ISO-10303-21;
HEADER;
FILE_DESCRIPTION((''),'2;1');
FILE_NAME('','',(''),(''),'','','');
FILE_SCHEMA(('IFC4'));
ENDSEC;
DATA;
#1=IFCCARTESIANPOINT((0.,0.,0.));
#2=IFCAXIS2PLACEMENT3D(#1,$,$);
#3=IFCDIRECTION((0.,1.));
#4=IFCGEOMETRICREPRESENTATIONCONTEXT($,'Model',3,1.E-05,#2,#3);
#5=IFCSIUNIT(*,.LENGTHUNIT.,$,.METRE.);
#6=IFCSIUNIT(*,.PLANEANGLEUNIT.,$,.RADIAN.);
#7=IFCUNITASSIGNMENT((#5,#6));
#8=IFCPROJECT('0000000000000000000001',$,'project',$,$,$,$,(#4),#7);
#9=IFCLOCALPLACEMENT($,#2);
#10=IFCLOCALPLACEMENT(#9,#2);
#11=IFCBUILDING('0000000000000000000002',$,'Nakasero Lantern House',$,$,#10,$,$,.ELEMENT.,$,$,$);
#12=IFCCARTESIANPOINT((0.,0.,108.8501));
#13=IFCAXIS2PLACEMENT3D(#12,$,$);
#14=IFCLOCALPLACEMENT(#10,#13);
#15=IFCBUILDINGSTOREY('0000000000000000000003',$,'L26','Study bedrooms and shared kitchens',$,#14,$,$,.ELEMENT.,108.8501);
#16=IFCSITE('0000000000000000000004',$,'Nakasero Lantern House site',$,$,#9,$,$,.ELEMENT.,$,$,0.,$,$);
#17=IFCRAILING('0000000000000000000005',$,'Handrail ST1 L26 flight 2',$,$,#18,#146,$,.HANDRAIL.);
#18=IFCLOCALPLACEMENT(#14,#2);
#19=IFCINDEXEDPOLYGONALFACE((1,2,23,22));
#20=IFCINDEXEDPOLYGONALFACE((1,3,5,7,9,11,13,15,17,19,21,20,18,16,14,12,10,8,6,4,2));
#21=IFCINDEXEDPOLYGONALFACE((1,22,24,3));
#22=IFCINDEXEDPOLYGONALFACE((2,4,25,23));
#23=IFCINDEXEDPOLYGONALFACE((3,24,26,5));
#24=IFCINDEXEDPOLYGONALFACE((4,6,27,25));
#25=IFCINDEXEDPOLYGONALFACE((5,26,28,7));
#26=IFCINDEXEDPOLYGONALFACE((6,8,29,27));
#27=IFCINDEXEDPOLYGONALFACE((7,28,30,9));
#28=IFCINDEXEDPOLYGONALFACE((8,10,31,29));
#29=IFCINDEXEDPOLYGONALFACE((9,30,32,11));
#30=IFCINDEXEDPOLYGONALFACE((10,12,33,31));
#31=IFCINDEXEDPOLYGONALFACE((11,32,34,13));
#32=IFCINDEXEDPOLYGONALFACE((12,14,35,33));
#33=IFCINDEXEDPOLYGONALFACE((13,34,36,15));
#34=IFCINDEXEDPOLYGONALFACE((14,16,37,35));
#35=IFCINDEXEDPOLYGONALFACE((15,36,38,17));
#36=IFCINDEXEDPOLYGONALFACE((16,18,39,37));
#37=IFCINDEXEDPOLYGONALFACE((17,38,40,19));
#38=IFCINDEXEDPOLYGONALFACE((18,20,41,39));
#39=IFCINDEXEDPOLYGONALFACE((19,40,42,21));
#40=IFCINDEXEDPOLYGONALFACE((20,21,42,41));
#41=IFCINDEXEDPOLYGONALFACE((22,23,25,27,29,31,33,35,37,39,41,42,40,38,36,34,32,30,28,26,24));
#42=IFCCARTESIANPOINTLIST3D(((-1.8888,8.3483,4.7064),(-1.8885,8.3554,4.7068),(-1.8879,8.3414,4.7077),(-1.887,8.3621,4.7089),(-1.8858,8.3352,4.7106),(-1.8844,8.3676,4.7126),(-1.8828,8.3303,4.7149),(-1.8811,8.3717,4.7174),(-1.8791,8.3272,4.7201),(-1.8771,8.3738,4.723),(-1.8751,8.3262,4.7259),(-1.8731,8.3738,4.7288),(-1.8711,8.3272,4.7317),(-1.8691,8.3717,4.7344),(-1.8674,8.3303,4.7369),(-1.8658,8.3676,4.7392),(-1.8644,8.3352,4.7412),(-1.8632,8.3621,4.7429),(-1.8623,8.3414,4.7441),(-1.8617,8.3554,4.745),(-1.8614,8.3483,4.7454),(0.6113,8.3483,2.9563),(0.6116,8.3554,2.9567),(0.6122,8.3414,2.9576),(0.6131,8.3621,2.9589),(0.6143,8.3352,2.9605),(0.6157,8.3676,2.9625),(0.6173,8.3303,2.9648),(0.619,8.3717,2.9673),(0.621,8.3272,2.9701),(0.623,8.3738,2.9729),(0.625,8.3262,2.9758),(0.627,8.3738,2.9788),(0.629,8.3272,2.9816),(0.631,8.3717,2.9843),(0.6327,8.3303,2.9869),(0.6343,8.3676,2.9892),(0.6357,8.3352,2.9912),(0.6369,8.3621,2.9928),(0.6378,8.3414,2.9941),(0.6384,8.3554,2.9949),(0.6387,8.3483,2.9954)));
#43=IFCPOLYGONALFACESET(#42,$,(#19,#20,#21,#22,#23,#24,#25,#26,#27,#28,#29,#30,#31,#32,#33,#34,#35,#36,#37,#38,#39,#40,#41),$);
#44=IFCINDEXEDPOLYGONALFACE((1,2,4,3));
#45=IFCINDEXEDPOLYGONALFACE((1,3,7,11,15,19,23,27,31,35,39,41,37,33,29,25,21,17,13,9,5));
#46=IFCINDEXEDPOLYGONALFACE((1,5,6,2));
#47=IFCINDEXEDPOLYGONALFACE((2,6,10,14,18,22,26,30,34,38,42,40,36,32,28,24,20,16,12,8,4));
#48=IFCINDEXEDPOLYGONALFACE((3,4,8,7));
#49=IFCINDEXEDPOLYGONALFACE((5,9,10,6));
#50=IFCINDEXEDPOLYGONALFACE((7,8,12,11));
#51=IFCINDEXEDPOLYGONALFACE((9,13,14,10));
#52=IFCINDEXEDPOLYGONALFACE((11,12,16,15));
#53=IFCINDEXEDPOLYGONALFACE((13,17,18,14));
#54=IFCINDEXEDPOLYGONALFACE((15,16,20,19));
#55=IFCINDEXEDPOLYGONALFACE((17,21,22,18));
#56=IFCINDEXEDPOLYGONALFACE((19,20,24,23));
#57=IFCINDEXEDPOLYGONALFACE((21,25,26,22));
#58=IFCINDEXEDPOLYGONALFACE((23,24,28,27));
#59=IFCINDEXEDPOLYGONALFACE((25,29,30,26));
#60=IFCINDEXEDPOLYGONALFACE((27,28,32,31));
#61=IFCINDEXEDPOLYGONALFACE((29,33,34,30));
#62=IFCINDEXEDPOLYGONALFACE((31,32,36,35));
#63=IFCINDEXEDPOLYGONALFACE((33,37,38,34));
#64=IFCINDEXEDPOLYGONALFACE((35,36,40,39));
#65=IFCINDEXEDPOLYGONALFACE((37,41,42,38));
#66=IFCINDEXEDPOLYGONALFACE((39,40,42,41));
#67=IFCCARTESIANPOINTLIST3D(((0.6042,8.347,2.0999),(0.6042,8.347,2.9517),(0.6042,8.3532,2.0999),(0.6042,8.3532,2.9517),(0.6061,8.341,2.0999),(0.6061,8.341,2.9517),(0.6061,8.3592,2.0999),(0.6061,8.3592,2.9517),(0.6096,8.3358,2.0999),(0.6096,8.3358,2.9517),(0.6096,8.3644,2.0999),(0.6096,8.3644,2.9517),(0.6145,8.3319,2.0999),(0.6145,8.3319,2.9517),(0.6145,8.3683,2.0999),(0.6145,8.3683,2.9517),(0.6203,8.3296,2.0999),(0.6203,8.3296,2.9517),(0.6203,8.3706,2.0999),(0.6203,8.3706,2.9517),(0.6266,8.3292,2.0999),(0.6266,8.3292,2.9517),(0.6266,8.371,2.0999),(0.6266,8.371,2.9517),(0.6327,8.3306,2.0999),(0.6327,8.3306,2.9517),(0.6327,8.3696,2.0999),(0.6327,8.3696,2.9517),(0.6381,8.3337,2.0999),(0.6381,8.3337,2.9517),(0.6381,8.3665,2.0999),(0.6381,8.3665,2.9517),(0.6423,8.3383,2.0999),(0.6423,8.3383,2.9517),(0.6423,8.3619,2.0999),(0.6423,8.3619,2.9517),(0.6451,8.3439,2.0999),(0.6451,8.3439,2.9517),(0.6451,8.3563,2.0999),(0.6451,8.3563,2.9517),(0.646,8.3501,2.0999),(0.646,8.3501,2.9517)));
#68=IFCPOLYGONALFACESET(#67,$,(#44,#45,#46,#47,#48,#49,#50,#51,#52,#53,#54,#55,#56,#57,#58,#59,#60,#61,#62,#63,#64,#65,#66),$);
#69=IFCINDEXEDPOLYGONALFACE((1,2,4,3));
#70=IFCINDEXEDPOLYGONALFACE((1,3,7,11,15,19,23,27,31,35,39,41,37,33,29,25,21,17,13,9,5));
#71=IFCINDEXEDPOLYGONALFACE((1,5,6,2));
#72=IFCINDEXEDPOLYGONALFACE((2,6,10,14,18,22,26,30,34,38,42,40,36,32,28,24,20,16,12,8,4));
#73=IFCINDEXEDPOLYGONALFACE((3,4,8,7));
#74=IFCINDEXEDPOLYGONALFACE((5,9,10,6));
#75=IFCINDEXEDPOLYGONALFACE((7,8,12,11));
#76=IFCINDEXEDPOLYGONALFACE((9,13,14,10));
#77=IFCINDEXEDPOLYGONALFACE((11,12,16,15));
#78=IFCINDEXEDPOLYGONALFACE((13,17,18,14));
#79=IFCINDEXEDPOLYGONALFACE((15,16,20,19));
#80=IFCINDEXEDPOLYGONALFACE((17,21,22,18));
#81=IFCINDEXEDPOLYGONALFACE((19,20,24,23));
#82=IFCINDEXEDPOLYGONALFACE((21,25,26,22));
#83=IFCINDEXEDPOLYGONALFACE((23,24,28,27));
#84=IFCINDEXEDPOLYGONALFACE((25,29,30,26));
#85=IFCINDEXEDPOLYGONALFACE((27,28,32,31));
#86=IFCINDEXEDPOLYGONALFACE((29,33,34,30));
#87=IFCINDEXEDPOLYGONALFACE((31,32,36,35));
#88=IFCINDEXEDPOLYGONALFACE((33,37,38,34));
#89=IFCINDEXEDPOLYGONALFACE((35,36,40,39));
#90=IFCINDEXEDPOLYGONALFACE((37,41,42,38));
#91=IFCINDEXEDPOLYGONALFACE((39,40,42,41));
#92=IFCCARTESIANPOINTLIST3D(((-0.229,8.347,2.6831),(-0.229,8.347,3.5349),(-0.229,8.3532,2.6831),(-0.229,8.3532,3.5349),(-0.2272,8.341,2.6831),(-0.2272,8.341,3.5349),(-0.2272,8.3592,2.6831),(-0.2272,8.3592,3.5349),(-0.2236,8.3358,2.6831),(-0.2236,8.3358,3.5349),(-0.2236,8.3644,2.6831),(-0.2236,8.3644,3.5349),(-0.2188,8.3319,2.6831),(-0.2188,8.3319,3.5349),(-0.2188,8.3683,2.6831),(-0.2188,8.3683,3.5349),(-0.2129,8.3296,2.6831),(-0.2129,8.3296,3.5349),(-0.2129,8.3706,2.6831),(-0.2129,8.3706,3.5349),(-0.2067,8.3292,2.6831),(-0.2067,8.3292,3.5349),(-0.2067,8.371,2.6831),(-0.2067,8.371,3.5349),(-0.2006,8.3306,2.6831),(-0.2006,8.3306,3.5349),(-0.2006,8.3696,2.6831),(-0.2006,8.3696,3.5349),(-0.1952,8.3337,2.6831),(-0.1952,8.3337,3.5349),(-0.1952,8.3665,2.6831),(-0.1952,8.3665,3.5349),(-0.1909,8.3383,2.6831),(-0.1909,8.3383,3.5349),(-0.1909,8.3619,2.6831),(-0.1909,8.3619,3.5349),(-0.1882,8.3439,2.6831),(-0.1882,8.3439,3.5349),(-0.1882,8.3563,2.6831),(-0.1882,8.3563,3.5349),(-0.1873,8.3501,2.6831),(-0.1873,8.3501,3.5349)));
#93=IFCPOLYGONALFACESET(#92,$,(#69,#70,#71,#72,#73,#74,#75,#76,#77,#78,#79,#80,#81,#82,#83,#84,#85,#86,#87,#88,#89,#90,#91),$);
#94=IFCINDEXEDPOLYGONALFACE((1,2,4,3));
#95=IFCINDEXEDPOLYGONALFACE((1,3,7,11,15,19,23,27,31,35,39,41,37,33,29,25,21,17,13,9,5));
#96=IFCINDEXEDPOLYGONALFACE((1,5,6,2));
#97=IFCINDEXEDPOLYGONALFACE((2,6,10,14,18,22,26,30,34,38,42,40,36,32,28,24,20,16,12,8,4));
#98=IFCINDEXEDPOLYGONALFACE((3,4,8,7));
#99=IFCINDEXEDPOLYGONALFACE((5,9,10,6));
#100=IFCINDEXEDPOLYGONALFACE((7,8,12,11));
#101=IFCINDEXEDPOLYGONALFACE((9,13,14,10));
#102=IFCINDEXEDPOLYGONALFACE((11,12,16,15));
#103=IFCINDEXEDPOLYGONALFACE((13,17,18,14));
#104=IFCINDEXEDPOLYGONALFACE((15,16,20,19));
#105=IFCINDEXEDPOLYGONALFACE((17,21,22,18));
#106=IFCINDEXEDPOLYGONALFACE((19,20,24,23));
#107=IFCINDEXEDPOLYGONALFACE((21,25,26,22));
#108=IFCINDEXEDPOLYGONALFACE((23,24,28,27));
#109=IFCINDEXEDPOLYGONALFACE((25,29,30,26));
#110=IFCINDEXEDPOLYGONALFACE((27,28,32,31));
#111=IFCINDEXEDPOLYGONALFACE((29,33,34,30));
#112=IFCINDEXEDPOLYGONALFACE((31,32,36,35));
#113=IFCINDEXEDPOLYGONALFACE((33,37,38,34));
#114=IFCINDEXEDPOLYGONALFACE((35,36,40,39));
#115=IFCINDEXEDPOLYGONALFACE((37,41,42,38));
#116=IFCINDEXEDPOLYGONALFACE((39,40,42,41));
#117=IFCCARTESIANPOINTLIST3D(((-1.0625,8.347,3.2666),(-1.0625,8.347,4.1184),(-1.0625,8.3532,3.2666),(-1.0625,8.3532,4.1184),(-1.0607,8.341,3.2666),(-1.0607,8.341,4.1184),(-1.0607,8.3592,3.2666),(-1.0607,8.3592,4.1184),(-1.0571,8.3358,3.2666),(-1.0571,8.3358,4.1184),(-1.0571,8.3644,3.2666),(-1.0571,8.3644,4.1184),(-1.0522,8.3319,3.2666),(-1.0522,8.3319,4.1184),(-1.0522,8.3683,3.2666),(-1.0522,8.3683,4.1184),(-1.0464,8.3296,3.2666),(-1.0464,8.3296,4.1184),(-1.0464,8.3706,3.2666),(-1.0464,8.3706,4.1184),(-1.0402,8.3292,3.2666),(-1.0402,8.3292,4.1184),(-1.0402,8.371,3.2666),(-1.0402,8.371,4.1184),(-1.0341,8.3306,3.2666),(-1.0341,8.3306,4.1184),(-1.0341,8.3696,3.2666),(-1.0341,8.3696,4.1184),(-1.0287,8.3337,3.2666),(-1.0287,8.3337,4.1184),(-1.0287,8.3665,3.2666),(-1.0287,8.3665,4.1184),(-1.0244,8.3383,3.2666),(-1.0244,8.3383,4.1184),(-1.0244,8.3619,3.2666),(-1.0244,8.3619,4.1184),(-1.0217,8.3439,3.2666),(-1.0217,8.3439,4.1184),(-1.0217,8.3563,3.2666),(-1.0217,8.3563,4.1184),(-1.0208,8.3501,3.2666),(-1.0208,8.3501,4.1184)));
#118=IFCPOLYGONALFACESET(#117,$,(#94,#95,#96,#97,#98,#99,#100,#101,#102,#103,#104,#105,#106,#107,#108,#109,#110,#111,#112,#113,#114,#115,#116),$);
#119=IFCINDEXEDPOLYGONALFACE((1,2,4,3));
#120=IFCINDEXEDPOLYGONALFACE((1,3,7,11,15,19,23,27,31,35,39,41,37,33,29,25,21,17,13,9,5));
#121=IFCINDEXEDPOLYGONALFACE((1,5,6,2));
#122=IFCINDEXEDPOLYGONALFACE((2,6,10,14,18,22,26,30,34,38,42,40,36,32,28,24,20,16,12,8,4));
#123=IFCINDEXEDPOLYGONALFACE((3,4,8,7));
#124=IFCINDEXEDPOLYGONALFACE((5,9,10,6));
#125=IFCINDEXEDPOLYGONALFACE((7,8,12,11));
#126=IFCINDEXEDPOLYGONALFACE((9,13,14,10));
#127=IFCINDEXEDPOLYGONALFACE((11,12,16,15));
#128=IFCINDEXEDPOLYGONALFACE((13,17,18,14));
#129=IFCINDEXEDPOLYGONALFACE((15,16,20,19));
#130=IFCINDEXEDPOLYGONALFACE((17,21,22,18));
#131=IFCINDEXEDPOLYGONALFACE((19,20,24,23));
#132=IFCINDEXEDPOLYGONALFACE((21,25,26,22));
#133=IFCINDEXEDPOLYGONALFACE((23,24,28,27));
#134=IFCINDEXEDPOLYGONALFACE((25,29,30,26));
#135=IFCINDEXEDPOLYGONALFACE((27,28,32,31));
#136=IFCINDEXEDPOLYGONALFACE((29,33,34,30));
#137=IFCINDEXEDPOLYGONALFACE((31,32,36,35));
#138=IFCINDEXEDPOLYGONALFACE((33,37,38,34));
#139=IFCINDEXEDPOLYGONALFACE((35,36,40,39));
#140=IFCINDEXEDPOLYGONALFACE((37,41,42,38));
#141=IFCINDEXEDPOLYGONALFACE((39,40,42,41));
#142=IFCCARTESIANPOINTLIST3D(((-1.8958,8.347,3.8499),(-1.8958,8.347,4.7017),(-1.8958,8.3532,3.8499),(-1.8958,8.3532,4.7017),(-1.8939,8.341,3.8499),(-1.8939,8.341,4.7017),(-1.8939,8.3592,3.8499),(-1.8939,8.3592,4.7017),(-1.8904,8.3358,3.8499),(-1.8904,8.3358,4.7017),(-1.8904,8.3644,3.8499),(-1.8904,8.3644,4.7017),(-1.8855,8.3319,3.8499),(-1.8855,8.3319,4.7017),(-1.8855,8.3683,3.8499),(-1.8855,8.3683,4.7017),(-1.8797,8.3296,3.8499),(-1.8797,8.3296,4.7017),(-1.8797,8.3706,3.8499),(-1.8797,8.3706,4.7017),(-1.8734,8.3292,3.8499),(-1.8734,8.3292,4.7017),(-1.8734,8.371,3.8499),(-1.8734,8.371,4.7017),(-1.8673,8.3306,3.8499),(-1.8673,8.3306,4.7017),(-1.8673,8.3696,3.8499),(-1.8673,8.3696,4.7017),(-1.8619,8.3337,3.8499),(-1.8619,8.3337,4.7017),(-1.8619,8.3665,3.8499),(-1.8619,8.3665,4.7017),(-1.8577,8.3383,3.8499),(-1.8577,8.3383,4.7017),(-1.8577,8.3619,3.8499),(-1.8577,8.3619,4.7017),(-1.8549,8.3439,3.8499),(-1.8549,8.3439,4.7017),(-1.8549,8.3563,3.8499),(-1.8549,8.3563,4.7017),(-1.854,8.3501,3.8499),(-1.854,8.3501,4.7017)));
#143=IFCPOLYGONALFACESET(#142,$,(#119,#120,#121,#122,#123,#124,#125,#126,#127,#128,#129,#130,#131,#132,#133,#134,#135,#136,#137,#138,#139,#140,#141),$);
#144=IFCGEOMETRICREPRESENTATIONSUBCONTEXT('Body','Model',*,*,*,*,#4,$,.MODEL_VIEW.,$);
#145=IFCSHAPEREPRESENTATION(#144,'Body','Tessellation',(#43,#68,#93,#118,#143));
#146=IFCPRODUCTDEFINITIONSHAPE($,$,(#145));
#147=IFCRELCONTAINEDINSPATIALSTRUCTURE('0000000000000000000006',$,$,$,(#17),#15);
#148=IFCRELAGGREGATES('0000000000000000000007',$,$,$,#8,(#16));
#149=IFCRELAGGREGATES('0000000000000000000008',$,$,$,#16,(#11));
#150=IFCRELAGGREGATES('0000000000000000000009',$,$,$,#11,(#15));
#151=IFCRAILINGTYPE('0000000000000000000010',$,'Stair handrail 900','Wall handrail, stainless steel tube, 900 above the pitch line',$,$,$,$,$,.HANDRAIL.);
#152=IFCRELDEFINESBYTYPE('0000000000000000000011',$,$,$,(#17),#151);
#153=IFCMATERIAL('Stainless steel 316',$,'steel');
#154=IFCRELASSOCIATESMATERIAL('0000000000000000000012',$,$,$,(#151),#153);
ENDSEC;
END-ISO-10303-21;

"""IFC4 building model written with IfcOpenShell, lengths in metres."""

from ifc_helpers import new_model, si_unit, direction, frame, origin, origin_2d, place, context, subcontext, project, spatial, circle, extrude, material, type_object, element, save


model = new_model("IFC4")

# Units and contexts
model_context = context("Model", 3, precision=1e-05, world=origin(), true_north=direction((0.0, 1.0)))
body_context = subcontext(model_context, "Body", "Model", "MODEL_VIEW")
ifc_project = project(units=[si_unit("LENGTHUNIT", "METRE"), si_unit("PLANEANGLEUNIT", "RADIAN")], contexts=[model_context])

# Site, building, storey
site_placement = place(None, origin())
site = spatial("IfcSite", under=ifc_project, at=site_placement, Name="Nakasero Lantern House site", CompositionType="ELEMENT", RefElevation=0.0)
building_placement = place(site_placement, origin())
building = spatial("IfcBuilding", under=site, at=building_placement, Name="Nakasero Lantern House", CompositionType="ELEMENT")
storey_placement = place(building_placement, frame((0.0, 0.0, 108.8501)))
storey = spatial("IfcBuildingStorey", under=building, at=storey_placement, Name="L26", Description="Study bedrooms and shared kitchens", CompositionType="ELEMENT", Elevation=108.8501)

# Railing
ifc_material_1 = material(Name="Stainless steel 316", Category="steel")
railing_type = type_object("IfcRailingType", Name="Stair handrail 900", Description="Wall handrail, stainless steel tube, 900 above the pitch line", PredefinedType="HANDRAIL", material=ifc_material_1)
railing_placement = place(storey_placement, frame((0.625, 8.3501, 2.0999)))
element("IfcRailing", 1, at=railing_placement, inside=storey, type_object=railing_type, Name="Handrail ST1 L26 flight 2", PredefinedType="HANDRAIL", context=body_context, shape_type="SweptSolid", body=[
    extrude(circle(Radius=0.0239, at=origin_2d()), frame((0.0, 0.0, 0.876), z_axis=(-0.819232, 0.0, 0.573462), x_axis=(0.0, -1.0, 0.0)), (0.0, 0.0, 1.0), 3.0518),
    extrude(circle(Radius=0.021, at=origin_2d()), origin(), (0.0, 0.0, 1.0), 0.8518),
    extrude(circle(Radius=0.021, at=origin_2d()), frame((-0.8333, 0.0, 0.5833)), (0.0, 0.0, 1.0), 0.8518),
    extrude(circle(Radius=0.021, at=origin_2d()), frame((-1.6667, 0.0, 1.1667)), (0.0, 0.0, 1.0), 0.8518),
    extrude(circle(Radius=0.021, at=origin_2d()), frame((-2.5, 0.0, 1.75)), (0.0, 0.0, 1.0), 0.8518),
])

save(model, "model.ifc")
